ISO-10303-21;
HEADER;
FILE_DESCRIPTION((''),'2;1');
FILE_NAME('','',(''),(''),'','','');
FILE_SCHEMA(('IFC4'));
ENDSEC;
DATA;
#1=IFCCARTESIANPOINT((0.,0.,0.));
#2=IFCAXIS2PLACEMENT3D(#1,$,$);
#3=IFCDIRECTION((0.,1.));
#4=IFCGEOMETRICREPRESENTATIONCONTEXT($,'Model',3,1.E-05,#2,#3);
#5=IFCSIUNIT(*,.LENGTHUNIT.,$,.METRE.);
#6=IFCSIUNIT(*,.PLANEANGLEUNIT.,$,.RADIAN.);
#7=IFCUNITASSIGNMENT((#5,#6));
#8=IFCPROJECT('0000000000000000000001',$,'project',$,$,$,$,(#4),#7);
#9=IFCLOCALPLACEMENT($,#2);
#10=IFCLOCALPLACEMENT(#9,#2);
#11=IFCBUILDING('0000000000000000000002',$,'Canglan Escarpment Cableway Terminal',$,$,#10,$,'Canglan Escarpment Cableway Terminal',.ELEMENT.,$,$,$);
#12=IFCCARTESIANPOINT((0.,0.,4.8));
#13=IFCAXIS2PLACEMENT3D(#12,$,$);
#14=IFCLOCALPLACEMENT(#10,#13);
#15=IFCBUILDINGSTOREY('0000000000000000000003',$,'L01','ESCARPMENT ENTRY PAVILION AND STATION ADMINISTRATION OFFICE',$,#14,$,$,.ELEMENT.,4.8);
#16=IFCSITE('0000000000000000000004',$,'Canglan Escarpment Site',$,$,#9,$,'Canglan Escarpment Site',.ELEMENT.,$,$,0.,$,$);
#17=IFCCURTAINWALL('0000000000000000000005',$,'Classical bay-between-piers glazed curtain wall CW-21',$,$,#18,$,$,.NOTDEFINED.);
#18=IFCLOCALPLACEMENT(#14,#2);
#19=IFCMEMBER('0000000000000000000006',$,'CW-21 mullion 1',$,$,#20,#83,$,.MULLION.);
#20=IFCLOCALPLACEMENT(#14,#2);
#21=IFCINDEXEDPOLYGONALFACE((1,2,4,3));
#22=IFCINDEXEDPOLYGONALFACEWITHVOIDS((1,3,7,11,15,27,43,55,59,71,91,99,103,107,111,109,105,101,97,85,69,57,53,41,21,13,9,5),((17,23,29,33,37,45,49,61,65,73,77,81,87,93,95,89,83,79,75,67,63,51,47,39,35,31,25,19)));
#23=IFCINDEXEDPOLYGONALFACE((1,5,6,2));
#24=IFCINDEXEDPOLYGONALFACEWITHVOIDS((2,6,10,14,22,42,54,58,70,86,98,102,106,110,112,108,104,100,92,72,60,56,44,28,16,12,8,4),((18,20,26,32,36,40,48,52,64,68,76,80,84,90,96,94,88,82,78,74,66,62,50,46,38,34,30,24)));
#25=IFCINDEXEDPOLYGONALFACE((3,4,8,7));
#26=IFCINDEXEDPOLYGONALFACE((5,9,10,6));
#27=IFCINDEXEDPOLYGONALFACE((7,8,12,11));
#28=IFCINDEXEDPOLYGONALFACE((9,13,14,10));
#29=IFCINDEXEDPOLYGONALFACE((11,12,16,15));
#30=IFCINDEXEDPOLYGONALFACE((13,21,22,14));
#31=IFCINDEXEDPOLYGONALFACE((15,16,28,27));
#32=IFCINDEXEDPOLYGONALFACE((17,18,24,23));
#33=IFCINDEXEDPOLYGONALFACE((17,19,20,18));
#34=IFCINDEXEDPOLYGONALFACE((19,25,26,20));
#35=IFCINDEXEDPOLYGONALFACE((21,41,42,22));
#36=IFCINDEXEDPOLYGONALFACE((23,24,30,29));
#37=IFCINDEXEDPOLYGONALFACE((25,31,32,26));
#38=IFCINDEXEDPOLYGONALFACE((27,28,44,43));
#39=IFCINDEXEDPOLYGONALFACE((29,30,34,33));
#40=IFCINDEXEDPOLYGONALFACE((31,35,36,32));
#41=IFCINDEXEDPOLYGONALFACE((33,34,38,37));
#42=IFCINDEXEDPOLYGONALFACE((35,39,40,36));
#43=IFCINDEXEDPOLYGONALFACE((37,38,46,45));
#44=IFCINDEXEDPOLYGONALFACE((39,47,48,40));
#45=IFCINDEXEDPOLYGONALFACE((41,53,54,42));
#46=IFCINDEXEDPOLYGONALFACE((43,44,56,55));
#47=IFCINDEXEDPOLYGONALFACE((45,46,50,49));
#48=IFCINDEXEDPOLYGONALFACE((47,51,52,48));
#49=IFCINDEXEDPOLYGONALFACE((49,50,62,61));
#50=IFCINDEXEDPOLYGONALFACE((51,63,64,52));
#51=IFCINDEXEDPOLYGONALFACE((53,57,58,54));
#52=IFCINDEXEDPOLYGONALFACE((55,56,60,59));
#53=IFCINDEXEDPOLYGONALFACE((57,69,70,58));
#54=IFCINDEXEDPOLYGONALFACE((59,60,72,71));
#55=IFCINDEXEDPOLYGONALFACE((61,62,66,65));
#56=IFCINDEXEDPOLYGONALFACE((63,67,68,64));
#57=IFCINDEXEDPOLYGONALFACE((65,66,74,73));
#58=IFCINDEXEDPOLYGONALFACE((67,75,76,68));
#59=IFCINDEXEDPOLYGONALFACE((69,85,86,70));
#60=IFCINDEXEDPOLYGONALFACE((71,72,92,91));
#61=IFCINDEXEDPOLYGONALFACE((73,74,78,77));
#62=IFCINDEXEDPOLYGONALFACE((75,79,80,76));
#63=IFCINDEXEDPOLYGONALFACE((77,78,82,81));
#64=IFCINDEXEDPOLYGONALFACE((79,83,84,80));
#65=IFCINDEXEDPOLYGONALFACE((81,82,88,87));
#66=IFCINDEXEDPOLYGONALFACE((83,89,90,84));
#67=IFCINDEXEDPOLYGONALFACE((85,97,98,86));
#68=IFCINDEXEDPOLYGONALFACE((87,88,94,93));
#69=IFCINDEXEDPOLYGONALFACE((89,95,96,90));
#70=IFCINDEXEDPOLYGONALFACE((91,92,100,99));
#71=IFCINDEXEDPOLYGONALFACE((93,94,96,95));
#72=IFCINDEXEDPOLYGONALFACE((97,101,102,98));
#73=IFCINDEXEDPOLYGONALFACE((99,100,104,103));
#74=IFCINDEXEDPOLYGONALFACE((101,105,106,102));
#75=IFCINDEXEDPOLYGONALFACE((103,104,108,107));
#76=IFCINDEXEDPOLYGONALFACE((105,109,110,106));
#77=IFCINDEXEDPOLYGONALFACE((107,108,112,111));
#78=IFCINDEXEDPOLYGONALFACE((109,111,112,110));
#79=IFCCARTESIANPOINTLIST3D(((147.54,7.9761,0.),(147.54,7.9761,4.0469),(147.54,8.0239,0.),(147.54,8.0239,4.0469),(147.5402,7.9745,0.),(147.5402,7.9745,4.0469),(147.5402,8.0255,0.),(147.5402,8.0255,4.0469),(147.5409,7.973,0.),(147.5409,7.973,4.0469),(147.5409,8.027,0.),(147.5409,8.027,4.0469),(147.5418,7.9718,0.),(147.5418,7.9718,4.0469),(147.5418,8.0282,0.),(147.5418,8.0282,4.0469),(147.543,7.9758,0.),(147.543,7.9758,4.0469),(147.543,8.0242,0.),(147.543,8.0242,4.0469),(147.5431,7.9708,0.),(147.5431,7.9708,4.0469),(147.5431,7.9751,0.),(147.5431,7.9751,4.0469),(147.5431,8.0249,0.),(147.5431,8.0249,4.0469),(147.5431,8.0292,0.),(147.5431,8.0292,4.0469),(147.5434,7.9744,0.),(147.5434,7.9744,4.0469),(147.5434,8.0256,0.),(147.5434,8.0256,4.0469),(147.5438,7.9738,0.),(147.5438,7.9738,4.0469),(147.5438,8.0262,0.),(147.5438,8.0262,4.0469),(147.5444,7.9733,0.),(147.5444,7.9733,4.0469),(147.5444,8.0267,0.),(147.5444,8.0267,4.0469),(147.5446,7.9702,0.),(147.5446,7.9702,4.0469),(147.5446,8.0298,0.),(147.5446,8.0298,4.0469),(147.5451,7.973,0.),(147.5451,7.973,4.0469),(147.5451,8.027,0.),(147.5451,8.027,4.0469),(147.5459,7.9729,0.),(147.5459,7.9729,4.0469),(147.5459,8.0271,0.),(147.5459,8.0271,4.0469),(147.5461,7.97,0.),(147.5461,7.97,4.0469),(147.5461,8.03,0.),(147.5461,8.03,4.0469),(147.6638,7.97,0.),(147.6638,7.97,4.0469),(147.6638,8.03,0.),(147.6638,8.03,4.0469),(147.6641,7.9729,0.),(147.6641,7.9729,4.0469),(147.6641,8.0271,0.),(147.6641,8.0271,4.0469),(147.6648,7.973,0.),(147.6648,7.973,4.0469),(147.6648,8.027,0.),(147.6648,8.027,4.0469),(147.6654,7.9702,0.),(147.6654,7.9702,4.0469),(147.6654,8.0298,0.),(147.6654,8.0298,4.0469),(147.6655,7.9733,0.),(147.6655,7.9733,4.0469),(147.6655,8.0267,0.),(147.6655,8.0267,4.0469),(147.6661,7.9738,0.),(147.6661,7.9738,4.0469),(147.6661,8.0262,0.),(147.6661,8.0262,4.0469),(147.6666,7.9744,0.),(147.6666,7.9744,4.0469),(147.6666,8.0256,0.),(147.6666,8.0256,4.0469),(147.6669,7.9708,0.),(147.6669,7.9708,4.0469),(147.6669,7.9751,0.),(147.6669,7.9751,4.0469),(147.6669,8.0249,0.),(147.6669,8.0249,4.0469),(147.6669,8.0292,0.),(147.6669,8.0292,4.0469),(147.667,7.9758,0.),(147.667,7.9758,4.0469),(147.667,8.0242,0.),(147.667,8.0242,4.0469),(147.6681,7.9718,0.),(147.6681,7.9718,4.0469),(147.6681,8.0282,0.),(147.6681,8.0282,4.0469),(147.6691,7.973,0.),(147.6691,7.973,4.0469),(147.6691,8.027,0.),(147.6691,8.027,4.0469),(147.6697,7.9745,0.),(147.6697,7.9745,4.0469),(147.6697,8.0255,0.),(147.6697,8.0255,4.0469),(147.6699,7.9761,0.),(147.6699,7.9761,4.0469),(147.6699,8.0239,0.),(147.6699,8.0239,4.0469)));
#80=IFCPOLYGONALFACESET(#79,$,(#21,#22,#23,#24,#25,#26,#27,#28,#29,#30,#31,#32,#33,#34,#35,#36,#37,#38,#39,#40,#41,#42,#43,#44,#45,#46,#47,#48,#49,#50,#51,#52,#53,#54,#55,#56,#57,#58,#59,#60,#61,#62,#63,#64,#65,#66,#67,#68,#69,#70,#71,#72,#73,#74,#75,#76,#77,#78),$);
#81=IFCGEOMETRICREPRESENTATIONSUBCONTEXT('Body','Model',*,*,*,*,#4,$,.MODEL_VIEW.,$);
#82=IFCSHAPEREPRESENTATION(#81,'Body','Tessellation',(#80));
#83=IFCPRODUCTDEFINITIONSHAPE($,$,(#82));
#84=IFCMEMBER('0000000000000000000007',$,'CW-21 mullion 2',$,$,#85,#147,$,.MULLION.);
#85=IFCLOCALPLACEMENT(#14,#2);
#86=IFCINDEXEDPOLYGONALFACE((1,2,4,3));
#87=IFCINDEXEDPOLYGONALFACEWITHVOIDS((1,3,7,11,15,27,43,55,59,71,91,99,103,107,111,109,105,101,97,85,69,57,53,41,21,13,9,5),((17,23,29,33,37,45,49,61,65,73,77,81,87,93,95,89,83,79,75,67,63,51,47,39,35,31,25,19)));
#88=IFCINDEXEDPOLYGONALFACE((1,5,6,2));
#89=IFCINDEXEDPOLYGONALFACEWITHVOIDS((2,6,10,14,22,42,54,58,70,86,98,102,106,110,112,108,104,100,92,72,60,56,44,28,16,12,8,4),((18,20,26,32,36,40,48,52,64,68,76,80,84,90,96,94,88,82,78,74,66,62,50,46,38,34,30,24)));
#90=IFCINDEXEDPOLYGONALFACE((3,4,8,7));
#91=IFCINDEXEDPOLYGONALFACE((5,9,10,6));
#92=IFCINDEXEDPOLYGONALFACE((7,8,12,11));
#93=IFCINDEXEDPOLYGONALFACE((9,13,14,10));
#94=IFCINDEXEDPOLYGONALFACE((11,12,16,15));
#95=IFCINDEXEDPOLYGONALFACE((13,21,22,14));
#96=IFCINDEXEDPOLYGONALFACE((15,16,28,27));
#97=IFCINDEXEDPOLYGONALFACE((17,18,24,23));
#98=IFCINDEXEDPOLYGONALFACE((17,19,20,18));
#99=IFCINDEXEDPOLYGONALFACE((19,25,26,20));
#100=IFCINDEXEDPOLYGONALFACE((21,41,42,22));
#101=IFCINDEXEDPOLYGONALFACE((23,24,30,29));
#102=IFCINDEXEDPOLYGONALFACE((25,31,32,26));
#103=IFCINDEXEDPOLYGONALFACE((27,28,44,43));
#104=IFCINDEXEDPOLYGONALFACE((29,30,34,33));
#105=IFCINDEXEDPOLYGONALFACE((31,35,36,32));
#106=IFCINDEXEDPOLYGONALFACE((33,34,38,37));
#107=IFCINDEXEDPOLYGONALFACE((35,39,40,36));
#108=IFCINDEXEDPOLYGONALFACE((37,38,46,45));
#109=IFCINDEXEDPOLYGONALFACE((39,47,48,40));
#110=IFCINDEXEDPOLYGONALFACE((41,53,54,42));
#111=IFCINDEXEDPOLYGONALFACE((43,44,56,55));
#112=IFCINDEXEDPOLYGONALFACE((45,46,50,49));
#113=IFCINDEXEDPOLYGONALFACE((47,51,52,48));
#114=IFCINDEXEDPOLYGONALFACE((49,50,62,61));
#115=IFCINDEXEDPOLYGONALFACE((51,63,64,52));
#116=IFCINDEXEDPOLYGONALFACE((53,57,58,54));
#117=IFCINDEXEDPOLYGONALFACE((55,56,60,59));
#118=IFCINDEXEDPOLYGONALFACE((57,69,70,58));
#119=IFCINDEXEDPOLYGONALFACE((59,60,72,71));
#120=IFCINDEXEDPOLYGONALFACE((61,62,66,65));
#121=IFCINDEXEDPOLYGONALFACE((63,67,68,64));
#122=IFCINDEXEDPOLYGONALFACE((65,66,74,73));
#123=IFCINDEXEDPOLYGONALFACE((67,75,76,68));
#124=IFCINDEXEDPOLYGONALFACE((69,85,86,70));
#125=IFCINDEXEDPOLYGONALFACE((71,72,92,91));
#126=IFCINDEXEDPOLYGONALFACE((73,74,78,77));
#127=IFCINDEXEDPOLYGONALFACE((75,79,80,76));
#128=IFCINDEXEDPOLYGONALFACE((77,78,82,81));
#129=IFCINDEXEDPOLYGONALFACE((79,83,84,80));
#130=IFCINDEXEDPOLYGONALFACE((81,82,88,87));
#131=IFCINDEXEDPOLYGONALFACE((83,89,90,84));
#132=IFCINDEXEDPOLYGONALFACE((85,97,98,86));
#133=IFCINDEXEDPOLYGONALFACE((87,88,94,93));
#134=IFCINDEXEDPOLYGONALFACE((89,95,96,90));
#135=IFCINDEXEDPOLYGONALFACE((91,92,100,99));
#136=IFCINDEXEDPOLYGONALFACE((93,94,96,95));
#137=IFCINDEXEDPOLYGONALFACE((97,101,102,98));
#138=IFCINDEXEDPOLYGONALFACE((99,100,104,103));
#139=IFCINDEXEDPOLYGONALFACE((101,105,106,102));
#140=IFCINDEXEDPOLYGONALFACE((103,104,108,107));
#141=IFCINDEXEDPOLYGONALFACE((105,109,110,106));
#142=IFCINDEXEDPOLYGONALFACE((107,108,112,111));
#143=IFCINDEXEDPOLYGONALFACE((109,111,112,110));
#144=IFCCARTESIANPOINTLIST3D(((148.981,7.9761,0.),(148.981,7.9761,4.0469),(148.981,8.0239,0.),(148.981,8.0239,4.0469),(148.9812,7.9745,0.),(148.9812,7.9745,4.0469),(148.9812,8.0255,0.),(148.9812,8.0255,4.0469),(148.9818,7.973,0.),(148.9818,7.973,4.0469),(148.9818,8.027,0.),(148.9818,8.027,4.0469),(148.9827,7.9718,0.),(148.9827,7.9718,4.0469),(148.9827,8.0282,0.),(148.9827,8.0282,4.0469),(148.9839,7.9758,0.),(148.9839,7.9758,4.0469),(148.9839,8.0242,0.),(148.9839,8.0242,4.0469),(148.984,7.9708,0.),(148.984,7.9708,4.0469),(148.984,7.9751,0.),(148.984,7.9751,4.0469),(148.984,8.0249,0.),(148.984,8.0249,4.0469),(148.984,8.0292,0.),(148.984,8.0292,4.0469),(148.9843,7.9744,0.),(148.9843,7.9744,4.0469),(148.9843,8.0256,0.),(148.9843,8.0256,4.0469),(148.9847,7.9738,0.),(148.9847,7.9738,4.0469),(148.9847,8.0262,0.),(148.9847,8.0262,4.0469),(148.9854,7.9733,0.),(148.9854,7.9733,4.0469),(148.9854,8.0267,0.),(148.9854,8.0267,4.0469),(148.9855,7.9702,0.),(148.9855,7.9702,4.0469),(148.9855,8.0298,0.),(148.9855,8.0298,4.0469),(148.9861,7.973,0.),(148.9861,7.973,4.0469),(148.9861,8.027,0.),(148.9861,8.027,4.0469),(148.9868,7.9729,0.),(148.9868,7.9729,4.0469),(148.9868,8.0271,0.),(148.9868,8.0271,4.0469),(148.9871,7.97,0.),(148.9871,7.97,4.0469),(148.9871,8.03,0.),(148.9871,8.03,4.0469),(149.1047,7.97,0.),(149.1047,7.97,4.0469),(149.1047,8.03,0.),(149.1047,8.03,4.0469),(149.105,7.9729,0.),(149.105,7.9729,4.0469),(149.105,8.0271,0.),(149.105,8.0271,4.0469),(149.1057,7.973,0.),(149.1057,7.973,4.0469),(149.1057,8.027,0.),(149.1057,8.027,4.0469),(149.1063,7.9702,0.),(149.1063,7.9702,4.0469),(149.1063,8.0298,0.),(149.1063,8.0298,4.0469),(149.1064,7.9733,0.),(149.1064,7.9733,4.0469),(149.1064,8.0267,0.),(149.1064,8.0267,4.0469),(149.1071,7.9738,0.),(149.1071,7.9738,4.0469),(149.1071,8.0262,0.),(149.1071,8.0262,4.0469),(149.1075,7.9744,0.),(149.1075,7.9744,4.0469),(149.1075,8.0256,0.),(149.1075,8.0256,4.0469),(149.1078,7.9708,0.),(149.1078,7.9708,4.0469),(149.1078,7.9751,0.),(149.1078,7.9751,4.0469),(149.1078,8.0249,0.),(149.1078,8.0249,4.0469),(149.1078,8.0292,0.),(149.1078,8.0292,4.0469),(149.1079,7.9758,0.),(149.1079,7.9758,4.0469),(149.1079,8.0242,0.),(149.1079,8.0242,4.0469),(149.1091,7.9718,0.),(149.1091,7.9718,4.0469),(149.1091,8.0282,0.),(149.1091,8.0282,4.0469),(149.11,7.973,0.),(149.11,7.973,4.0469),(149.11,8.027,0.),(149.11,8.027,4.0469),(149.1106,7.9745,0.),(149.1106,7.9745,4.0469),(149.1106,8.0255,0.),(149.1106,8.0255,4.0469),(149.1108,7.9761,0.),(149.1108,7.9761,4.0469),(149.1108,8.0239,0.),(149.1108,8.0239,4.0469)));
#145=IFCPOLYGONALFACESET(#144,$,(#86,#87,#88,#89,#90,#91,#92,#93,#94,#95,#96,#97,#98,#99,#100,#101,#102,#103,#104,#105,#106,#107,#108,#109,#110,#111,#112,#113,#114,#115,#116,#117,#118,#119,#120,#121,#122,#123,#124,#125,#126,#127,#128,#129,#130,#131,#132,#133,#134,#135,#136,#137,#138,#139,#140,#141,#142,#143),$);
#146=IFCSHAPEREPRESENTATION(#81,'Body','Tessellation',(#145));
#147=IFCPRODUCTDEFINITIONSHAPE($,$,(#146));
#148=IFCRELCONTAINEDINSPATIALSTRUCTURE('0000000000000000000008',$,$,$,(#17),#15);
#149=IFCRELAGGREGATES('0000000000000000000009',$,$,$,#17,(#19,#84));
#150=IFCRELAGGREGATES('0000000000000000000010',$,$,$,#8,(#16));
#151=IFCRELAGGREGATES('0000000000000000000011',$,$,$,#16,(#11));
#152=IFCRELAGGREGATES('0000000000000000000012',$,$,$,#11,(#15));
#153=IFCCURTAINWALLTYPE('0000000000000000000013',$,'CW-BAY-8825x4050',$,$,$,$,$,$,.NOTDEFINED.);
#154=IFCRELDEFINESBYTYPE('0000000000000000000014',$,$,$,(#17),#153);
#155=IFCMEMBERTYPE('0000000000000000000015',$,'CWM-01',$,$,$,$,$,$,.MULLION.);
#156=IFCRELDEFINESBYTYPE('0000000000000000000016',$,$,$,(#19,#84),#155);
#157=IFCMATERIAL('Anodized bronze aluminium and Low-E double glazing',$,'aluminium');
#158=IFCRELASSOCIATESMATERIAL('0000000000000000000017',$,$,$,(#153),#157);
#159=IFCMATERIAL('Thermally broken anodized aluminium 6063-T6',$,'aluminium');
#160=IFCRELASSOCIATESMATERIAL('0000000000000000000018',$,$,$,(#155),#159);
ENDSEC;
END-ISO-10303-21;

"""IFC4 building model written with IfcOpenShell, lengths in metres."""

from ifc_helpers import new_model, si_unit, direction, frame, origin, origin_2d, place, context, subcontext, project, spatial, hollow_rectangle, extrude, material, material_profile, profile_set, type_object, element, aggregate, save


model = new_model("IFC4")

# Units and contexts
model_context = context("Model", 3, precision=1e-05, world=origin(), true_north=direction((0.0, 1.0)))
body_context = subcontext(model_context, "Body", "Model", "MODEL_VIEW")
ifc_project = project(units=[si_unit("LENGTHUNIT", "METRE"), si_unit("PLANEANGLEUNIT", "RADIAN")], contexts=[model_context])

# Site, building, storey
site_placement = place(None, origin())
site = spatial("IfcSite", under=ifc_project, at=site_placement, Name="Canglan Escarpment Site", LongName="Canglan Escarpment Site", CompositionType="ELEMENT", RefElevation=0.0)
building_placement = place(site_placement, origin())
building = spatial("IfcBuilding", under=site, at=building_placement, Name="Canglan Escarpment Cableway Terminal", LongName="Canglan Escarpment Cableway Terminal", CompositionType="ELEMENT")
storey_placement = place(building_placement, frame((0.0, 0.0, 4.8)))
storey = spatial("IfcBuildingStorey", under=building, at=storey_placement, Name="L01", Description="ESCARPMENT ENTRY PAVILION AND STATION ADMINISTRATION OFFICE", CompositionType="ELEMENT", Elevation=4.8)

# Curtain wall, members
ifc_material_1 = material(Name="Anodized bronze aluminium and Low-E double glazing", Category="aluminium")
curtain_wall_type = type_object("IfcCurtainWallType", Name="CW-BAY-8825x4050", PredefinedType="NOTDEFINED", material=ifc_material_1)
curtain_wall_placement = place(storey_placement, origin())
curtain_wall = element("IfcCurtainWall", 1, at=curtain_wall_placement, inside=storey, type_object=curtain_wall_type, Name="Classical bay-between-piers glazed curtain wall CW-21", PredefinedType="NOTDEFINED")
ifc_material_2 = material(Name="Thermally broken anodized aluminium 6063-T6", Category="aluminium")
ifc_material_profile_1 = material_profile(ifc_material_2, hollow_rectangle(XDim=0.0601, YDim=0.1299, WallThickness=0.0029, InnerFilletRadius=0.0029, OuterFilletRadius=0.0061, at=origin_2d()), Name="ALU-MULL 60x130x3")
ifc_profile_set_1 = profile_set([ifc_material_profile_1], Name="Thermally broken anodized aluminium 6063-T6")
member_type_1 = type_object("IfcMemberType", Name="CWM-01", PredefinedType="MULLION", material=ifc_profile_set_1)
member_1_placement = place(storey_placement, frame((147.605, 8.0, 0.0), z_axis=(0.0, 0.0, 1.0), x_axis=(0.0, 1.0, 0.0)))
member_1 = element("IfcMember", 2, at=member_1_placement, type_object=member_type_1, Name="CW-21 mullion 1", PredefinedType="MULLION", context=body_context, shape_type="SweptSolid", body=[
    extrude(hollow_rectangle(XDim=0.0601, YDim=0.1299, WallThickness=0.0029, InnerFilletRadius=0.0029, OuterFilletRadius=0.0061, at=origin_2d()), origin(), (0.0, 0.0, 1.0), 4.0469),
])
member_2_placement = place(storey_placement, frame((149.0459, 8.0, 0.0), z_axis=(0.0, 0.0, 1.0), x_axis=(0.0, 1.0, 0.0)))
member_2 = element("IfcMember", 3, at=member_2_placement, type_object=member_type_1, Name="CW-21 mullion 2", PredefinedType="MULLION", context=body_context, shape_type="SweptSolid", body=[
    extrude(hollow_rectangle(XDim=0.0601, YDim=0.1299, WallThickness=0.0029, InnerFilletRadius=0.0029, OuterFilletRadius=0.0061, at=origin_2d()), origin(), (0.0, 0.0, 1.0), 4.0469),
])
aggregate(curtain_wall, [member_1, member_2])

save(model, "model.ifc")
